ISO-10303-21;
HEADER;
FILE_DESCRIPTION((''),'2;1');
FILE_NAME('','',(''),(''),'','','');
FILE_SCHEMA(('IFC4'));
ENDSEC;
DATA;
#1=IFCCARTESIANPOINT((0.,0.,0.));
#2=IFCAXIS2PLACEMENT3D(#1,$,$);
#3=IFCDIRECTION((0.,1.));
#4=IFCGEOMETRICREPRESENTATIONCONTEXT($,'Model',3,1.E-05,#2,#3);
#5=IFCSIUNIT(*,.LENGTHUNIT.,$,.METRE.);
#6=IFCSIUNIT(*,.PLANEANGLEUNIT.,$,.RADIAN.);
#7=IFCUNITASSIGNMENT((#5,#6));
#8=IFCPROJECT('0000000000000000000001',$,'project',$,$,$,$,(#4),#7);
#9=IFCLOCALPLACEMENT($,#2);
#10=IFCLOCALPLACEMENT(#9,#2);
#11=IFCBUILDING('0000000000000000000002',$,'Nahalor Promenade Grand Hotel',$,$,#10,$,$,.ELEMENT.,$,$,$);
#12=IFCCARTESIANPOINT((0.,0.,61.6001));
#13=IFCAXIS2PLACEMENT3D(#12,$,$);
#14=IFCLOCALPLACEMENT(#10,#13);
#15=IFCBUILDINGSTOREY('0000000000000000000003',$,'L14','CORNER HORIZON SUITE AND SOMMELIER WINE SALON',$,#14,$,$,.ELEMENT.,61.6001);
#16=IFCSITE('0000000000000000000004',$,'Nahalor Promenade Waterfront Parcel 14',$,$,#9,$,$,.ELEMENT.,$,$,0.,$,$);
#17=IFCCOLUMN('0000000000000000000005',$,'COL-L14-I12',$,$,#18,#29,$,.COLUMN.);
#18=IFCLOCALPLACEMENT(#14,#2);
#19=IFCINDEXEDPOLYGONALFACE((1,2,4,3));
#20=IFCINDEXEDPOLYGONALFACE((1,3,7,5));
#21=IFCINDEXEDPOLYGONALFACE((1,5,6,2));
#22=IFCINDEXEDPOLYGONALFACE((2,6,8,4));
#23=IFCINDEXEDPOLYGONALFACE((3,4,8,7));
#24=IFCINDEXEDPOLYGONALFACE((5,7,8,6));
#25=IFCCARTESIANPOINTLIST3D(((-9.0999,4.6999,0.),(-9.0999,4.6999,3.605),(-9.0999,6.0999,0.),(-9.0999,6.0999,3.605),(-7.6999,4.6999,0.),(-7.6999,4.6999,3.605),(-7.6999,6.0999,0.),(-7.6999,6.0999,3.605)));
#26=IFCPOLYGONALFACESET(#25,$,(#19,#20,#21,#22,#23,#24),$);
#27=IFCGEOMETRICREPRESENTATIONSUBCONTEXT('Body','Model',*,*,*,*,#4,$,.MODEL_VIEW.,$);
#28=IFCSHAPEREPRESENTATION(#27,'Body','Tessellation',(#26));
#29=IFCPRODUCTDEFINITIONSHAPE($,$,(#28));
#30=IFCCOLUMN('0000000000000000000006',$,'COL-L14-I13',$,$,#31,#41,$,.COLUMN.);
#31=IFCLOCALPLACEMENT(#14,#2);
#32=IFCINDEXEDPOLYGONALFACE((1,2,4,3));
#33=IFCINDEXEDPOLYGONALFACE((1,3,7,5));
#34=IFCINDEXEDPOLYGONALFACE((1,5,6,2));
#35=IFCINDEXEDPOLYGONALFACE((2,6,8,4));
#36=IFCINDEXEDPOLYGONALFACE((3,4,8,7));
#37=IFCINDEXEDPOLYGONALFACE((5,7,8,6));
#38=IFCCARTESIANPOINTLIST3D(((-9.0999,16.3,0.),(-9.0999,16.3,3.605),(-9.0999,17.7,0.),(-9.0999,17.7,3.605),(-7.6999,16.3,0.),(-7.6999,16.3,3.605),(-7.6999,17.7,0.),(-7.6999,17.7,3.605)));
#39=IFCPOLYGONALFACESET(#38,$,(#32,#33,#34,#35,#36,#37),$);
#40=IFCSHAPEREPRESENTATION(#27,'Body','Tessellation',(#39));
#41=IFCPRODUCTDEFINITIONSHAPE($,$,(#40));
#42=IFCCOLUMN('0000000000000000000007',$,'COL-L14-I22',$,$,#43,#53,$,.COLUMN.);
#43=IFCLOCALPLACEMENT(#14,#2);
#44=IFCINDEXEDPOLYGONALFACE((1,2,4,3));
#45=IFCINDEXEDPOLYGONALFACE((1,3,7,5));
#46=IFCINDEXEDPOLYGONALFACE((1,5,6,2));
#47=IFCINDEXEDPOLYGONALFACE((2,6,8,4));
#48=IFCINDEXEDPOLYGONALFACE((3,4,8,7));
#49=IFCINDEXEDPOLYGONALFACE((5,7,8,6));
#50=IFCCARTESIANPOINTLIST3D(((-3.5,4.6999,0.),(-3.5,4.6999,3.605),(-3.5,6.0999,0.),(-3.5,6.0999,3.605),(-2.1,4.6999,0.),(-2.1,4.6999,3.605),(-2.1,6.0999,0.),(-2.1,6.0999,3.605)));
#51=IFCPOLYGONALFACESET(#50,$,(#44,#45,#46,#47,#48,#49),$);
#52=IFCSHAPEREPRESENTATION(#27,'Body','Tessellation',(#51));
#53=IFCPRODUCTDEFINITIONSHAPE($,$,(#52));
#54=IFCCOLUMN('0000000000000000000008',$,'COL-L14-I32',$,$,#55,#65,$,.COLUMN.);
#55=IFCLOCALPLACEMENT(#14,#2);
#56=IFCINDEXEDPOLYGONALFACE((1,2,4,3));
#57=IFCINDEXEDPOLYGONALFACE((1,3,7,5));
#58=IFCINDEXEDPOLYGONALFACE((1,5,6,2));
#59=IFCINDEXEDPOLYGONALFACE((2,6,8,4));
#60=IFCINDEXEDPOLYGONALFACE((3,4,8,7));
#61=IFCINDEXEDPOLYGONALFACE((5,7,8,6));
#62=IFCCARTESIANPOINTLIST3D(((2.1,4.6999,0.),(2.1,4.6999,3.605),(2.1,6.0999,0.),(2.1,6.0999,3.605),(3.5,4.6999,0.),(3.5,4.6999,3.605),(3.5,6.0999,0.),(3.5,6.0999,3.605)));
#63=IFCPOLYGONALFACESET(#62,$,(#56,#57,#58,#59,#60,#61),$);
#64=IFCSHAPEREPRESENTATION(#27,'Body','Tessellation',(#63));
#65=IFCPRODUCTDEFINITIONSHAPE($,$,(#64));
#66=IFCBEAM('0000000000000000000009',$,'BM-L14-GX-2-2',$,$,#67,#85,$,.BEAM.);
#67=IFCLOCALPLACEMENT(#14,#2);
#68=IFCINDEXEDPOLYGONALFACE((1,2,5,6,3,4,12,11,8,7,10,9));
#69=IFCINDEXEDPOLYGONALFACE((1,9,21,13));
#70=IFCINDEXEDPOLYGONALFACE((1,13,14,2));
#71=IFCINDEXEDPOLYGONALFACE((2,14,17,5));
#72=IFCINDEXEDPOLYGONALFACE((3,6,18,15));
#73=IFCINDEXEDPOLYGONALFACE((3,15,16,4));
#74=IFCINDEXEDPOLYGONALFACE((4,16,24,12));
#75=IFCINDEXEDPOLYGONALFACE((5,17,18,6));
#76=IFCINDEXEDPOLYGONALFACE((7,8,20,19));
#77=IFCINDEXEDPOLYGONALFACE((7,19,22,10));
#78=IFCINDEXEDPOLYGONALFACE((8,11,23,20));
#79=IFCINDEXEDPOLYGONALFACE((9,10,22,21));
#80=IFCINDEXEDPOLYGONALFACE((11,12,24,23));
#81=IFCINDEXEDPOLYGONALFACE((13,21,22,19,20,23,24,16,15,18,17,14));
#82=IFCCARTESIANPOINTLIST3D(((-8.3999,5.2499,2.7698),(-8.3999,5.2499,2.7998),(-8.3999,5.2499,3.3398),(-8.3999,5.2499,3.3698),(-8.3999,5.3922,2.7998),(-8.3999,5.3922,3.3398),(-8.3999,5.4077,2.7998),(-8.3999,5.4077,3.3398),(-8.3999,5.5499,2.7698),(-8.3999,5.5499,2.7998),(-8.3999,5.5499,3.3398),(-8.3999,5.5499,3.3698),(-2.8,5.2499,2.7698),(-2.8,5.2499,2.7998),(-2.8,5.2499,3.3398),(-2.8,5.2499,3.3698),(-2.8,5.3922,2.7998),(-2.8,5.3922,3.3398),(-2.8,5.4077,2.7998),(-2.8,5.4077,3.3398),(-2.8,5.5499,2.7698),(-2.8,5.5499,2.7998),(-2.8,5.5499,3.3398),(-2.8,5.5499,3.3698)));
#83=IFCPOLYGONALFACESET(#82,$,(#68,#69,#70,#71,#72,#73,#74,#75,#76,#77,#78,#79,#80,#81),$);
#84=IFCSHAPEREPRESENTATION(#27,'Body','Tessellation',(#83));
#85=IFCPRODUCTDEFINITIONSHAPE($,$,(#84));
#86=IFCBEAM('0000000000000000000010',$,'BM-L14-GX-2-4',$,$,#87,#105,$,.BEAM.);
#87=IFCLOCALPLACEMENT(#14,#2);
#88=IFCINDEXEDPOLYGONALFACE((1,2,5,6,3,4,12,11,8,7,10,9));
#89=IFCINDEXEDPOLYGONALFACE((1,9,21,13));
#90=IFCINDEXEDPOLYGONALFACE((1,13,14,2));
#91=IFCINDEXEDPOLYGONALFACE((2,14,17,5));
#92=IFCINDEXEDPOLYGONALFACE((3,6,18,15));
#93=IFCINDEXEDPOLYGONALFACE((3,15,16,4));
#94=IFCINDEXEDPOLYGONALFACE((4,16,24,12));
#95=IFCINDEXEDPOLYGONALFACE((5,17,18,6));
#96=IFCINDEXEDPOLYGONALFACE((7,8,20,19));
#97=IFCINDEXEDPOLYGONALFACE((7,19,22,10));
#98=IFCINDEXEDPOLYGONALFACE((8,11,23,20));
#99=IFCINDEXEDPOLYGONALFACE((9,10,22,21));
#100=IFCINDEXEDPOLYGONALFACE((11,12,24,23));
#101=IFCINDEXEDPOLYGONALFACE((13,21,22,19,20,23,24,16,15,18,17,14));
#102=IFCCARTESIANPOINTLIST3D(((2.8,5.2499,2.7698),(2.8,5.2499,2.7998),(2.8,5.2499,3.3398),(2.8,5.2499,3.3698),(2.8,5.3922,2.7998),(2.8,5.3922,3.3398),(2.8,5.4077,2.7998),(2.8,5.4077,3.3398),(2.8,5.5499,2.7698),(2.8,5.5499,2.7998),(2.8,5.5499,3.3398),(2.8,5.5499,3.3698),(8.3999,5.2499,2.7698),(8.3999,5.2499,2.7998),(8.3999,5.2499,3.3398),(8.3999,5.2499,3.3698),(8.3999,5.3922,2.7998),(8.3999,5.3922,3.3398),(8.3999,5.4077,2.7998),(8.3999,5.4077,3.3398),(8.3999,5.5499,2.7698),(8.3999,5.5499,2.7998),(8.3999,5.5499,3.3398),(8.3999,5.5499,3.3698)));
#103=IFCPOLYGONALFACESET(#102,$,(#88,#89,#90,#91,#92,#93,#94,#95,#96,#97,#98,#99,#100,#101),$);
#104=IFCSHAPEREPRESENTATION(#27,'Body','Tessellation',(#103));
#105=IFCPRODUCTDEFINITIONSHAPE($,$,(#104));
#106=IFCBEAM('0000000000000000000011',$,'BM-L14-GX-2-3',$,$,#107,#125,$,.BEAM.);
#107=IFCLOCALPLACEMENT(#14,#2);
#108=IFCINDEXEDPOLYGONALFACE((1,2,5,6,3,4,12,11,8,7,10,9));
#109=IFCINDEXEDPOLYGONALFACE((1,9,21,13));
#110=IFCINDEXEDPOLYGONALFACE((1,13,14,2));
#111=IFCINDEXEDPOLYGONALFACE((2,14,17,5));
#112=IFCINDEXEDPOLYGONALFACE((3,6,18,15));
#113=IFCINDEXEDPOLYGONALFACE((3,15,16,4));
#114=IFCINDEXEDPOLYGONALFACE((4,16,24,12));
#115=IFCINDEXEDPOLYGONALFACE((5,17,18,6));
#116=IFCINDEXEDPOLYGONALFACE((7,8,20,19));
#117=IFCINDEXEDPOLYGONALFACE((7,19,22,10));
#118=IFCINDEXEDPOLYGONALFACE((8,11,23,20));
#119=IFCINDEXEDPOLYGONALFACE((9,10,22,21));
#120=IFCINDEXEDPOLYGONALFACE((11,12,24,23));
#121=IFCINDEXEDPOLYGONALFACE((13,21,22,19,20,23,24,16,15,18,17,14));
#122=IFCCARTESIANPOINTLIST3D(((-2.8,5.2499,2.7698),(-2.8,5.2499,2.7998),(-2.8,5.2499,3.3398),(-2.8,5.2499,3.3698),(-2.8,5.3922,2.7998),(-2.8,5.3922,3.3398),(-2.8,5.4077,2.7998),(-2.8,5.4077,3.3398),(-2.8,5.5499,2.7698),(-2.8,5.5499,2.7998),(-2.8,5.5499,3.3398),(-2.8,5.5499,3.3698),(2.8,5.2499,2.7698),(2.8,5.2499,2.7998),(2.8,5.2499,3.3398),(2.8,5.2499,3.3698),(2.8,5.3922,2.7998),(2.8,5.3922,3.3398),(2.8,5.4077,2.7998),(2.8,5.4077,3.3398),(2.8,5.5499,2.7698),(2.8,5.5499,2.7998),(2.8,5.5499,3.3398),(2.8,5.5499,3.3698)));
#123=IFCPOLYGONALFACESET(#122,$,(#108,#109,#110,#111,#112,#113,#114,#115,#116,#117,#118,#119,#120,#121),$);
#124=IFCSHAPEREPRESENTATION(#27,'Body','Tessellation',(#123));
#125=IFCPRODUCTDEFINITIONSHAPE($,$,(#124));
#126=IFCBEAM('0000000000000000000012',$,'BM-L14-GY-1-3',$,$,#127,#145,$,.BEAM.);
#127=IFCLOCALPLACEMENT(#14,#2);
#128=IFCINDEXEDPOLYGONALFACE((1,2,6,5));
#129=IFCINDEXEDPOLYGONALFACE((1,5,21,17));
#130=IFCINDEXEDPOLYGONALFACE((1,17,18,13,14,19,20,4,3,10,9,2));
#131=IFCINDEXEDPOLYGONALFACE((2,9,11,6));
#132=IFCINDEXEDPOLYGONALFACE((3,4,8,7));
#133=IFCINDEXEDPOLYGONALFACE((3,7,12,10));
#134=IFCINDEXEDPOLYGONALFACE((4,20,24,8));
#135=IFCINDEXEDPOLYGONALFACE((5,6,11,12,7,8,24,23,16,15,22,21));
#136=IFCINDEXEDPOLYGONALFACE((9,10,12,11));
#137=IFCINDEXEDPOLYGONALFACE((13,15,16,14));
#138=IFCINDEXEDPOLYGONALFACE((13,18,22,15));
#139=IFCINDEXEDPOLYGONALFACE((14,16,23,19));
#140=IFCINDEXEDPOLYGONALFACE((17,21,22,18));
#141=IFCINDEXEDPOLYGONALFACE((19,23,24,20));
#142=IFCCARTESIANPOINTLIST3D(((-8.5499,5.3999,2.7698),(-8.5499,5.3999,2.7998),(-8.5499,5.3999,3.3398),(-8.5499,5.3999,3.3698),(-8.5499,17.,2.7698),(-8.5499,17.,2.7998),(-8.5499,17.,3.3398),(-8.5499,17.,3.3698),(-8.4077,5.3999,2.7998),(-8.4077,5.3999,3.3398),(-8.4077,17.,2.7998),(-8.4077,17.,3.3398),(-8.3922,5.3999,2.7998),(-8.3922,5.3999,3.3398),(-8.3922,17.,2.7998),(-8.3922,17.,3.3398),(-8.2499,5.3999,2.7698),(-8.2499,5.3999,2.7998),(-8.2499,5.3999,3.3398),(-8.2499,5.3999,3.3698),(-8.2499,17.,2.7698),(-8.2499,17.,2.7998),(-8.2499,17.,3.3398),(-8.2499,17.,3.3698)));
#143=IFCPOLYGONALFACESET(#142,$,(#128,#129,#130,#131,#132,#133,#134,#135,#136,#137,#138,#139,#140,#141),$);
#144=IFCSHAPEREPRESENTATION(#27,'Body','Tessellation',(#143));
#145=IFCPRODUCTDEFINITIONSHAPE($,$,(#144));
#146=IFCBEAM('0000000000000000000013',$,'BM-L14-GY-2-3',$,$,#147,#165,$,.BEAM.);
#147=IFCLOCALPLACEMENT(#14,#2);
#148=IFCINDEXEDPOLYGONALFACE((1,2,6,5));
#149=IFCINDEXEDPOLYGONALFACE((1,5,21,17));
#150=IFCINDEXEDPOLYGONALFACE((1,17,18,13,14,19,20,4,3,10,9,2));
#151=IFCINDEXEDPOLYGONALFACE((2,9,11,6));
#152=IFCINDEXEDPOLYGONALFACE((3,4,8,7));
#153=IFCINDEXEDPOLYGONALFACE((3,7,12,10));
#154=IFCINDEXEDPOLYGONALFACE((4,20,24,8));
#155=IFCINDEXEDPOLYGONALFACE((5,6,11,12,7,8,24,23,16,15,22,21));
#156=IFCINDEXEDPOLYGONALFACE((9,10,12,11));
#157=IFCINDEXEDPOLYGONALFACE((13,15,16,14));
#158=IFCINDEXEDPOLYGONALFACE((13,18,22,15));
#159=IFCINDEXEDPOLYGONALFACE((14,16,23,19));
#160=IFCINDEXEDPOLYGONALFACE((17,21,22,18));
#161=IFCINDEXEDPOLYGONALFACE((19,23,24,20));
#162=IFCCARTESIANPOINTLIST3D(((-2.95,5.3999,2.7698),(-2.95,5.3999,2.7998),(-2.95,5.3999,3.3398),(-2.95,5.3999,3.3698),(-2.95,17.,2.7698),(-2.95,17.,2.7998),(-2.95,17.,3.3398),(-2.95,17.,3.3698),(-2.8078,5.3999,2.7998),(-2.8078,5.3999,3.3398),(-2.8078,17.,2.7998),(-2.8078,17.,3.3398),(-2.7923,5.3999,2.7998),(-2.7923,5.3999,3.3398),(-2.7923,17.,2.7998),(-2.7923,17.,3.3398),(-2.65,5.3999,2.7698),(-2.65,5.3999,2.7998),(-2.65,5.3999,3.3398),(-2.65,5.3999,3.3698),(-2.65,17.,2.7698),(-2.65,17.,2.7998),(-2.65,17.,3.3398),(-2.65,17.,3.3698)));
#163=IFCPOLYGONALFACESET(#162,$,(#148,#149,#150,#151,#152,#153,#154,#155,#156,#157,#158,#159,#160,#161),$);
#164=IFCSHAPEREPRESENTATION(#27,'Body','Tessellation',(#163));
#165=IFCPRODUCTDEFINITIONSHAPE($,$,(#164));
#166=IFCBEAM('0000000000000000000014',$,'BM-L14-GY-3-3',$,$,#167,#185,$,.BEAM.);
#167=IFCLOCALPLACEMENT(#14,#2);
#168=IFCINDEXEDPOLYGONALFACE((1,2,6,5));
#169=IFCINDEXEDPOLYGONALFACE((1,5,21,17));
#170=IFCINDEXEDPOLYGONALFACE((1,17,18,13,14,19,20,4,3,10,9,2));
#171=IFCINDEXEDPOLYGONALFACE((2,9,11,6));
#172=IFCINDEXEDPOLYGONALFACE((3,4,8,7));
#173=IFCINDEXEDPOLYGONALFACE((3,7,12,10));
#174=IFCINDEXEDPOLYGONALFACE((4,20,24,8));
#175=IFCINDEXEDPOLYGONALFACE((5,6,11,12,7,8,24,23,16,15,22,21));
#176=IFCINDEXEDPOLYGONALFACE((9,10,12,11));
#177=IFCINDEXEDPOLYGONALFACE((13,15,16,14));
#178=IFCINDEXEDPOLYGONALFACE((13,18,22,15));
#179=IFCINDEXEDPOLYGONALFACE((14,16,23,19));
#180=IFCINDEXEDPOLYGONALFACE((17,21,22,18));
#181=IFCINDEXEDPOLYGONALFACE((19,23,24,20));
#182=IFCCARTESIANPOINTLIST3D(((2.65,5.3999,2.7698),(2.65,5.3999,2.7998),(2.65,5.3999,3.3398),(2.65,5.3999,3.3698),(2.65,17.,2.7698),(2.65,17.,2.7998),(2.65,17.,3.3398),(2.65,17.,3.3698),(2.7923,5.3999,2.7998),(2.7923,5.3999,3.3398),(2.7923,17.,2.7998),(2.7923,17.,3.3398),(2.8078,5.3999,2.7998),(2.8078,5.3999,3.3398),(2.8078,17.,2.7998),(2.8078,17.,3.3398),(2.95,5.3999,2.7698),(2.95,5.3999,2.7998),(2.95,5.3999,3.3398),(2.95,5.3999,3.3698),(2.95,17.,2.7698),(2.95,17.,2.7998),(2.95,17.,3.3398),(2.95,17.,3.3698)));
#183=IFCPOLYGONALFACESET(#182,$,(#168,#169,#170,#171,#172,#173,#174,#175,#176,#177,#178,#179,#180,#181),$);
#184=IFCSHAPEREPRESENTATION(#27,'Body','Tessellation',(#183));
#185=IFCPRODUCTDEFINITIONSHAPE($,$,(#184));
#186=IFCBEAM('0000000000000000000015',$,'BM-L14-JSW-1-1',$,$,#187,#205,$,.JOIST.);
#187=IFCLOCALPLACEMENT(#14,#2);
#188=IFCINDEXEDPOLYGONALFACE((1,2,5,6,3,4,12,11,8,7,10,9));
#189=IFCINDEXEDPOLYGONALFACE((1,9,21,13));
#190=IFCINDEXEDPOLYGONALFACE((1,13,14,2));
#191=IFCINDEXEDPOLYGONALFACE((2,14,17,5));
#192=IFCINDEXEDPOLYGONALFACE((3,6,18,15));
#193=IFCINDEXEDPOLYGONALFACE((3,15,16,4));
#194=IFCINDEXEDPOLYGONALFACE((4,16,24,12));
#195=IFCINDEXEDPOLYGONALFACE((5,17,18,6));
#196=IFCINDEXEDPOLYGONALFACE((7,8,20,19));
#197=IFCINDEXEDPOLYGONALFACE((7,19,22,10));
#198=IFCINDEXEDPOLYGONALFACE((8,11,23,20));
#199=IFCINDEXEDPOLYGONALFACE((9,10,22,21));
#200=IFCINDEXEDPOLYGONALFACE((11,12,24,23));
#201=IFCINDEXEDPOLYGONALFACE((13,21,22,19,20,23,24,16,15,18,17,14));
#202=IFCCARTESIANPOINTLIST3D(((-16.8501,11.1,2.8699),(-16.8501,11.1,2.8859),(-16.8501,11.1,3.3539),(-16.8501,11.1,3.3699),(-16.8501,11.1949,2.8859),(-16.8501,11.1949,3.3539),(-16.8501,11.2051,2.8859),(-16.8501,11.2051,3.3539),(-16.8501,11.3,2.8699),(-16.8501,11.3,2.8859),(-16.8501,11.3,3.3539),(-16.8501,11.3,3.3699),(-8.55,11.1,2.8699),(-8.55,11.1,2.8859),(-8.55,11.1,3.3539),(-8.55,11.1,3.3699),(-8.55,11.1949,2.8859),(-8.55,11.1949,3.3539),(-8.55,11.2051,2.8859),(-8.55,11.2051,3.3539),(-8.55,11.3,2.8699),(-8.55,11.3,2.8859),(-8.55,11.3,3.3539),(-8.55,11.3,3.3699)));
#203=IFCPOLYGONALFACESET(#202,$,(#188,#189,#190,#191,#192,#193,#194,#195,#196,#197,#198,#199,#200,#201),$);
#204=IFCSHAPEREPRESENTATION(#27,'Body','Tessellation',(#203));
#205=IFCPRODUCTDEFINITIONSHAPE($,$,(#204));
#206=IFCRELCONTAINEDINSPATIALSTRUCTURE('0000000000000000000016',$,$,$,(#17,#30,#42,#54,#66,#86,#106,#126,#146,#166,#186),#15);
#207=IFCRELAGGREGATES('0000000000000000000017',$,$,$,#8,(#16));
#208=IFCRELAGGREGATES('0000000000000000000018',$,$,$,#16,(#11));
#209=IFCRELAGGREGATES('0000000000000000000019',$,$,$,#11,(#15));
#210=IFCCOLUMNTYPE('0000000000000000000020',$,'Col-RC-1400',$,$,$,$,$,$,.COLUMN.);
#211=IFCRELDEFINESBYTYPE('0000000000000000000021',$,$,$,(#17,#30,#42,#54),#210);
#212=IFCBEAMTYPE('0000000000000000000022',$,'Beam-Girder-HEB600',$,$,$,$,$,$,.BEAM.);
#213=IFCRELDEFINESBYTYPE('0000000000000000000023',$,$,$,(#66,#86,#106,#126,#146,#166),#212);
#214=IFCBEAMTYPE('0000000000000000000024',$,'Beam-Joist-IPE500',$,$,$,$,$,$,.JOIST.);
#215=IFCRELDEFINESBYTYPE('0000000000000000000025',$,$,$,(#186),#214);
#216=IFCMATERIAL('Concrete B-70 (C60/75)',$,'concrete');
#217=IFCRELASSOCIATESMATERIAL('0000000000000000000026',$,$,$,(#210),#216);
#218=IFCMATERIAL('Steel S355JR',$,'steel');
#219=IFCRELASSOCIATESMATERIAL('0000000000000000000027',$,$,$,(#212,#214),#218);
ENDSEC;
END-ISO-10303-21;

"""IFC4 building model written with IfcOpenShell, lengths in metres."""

from ifc_helpers import new_model, si_unit, direction, frame, origin, origin_2d, place, context, subcontext, project, spatial, rectangle, i_section, extrude, source, transform, mapped, material, material_profile, profile_set, type_object, element, save


model = new_model("IFC4")

# Units and contexts
model_context = context("Model", 3, precision=1e-05, world=origin(), true_north=direction((0.0, 1.0)))
body_context = subcontext(model_context, "Body", "Model", "MODEL_VIEW")
ifc_project = project(units=[si_unit("LENGTHUNIT", "METRE"), si_unit("PLANEANGLEUNIT", "RADIAN")], contexts=[model_context])

# Site, building, storey
site_placement = place(None, origin())
site = spatial("IfcSite", under=ifc_project, at=site_placement, Name="Nahalor Promenade Waterfront Parcel 14", CompositionType="ELEMENT", RefElevation=0.0)
building_placement = place(site_placement, origin())
building = spatial("IfcBuilding", under=site, at=building_placement, Name="Nahalor Promenade Grand Hotel", CompositionType="ELEMENT")
storey_placement = place(building_placement, frame((0.0, 0.0, 61.6001)))
storey = spatial("IfcBuildingStorey", under=building, at=storey_placement, Name="L14", Description="CORNER HORIZON SUITE AND SOMMELIER WINE SALON", CompositionType="ELEMENT", Elevation=61.6001)

# Columns
ifc_material_1 = material(Name="Concrete B-70 (C60/75)", Category="concrete")
ifc_material_profile_1 = material_profile(ifc_material_1, rectangle(XDim=1.4, YDim=1.4, at=origin_2d()), Name="RC 1400x1400")
ifc_profile_set_1 = profile_set([ifc_material_profile_1], Name="Concrete B-70 (C60/75)")
column_type = type_object("IfcColumnType", Name="Col-RC-1400", PredefinedType="COLUMN", material=ifc_profile_set_1)
shared_shape_1 = source(origin(), body_context, "Body", "SweptSolid", [
    extrude(rectangle(XDim=1.4, YDim=1.4, at=origin_2d()), origin(), (0.0, 0.0, 1.0), 3.605),
])
for number, where, z_axis, x_axis, name in (
    (1, (-8.3999, 5.3999, 0.0), (0.0, 0.0, 1.0), (1.0, 0.0, 0.0), "COL-L14-I12"),
    (2, (-8.3999, 17.0, 0.0), (0.0, 0.0, 1.0), (1.0, 0.0, 0.0), "COL-L14-I13"),
    (3, (-2.8, 5.3999, 0.0), (0.0, 0.0, 1.0), (1.0, 0.0, 0.0), "COL-L14-I22"),
    (4, (2.8, 5.3999, 0.0), (0.0, 0.0, 1.0), (1.0, 0.0, 0.0), "COL-L14-I32"),
):
    element("IfcColumn", number, at=place(storey_placement, frame(where, z_axis=z_axis, x_axis=x_axis)), inside=storey, type_object=column_type, Name=name, PredefinedType="COLUMN", context=body_context, shape_type="MappedRepresentation", body=[
        mapped(shared_shape_1, transform((0.0, 0.0, 0.0), scale=1.0)),
    ])

# Beams
ifc_material_2 = material(Name="Steel S355JR", Category="steel")
ifc_material_profile_2 = material_profile(ifc_material_2, i_section(OverallWidth=0.3, OverallDepth=0.6, WebThickness=0.0155, FlangeThickness=0.03, at=origin_2d()), Name="HEB 600")
ifc_profile_set_2 = profile_set([ifc_material_profile_2], Name="Steel S355JR")
beam_type_1 = type_object("IfcBeamType", Name="Beam-Girder-HEB600", PredefinedType="BEAM", material=ifc_profile_set_2)
shared_shape_2 = source(origin(), body_context, "Body", "SweptSolid", [
    extrude(i_section(OverallWidth=0.3, OverallDepth=0.6, WebThickness=0.0155, FlangeThickness=0.03, at=origin_2d()), origin(), (0.0, 0.0, 1.0), 5.5999),
])
for number, where, z_axis, x_axis, name in (
    (5, (-8.3999, 5.3999, 3.0698), (1.0, 0.0, 0.0), (0.0, 1.0, 0.0), "BM-L14-GX-2-2"),
    (6, (2.8, 5.3999, 3.0698), (1.0, 0.0, 0.0), (0.0, 1.0, 0.0), "BM-L14-GX-2-4"),
):
    element("IfcBeam", number, at=place(storey_placement, frame(where, z_axis=z_axis, x_axis=x_axis)), inside=storey, type_object=beam_type_1, Name=name, PredefinedType="BEAM", context=body_context, shape_type="MappedRepresentation", body=[
        mapped(shared_shape_2, transform((0.0, 0.0, 0.0), scale=1.0)),
    ])
shared_shape_3 = source(origin(), body_context, "Body", "SweptSolid", [
    extrude(i_section(OverallWidth=0.3, OverallDepth=0.6, WebThickness=0.0155, FlangeThickness=0.03, at=origin_2d()), origin(), (0.0, 0.0, 1.0), 5.6001),
])
beam_1_placement = place(storey_placement, frame((-2.8, 5.3999, 3.0698), z_axis=(1.0, 0.0, 0.0), x_axis=(0.0, 1.0, 0.0)))
element("IfcBeam", 7, at=beam_1_placement, inside=storey, type_object=beam_type_1, Name="BM-L14-GX-2-3", PredefinedType="BEAM", context=body_context, shape_type="MappedRepresentation", body=[
    mapped(shared_shape_3, transform((0.0, 0.0, 0.0), scale=1.0)),
])
shared_shape_4 = source(origin(), body_context, "Body", "SweptSolid", [
    extrude(i_section(OverallWidth=0.3, OverallDepth=0.6, WebThickness=0.0155, FlangeThickness=0.03, at=origin_2d()), origin(), (0.0, 0.0, 1.0), 11.6001),
])
for number, where, z_axis, x_axis, name in (
    (8, (-8.3999, 5.3999, 3.0698), (0.0, 1.0, 0.0), (-1.0, 0.0, 0.0), "BM-L14-GY-1-3"),
    (9, (-2.8, 5.3999, 3.0698), (0.0, 1.0, 0.0), (-1.0, 0.0, 0.0), "BM-L14-GY-2-3"),
    (10, (2.8, 5.3999, 3.0698), (0.0, 1.0, 0.0), (-1.0, 0.0, 0.0), "BM-L14-GY-3-3"),
):
    element("IfcBeam", number, at=place(storey_placement, frame(where, z_axis=z_axis, x_axis=x_axis)), inside=storey, type_object=beam_type_1, Name=name, PredefinedType="BEAM", context=body_context, shape_type="MappedRepresentation", body=[
        mapped(shared_shape_4, transform((0.0, 0.0, 0.0), scale=1.0)),
    ])
ifc_material_profile_3 = material_profile(ifc_material_2, i_section(OverallWidth=0.2, OverallDepth=0.5, WebThickness=0.0102, FlangeThickness=0.016, at=origin_2d()), Name="IPE 500")
ifc_profile_set_3 = profile_set([ifc_material_profile_3], Name="Steel S355JR")
beam_type_2 = type_object("IfcBeamType", Name="Beam-Joist-IPE500", PredefinedType="JOIST", material=ifc_profile_set_3)
shared_shape_5 = source(origin(), body_context, "Body", "SweptSolid", [
    extrude(i_section(OverallWidth=0.2, OverallDepth=0.5, WebThickness=0.0102, FlangeThickness=0.016, at=origin_2d()), origin(), (0.0, 0.0, 1.0), 8.3),
])
beam_2_placement = place(storey_placement, frame((-16.8501, 11.2, 3.1199), z_axis=(1.0, 0.0, 0.0), x_axis=(0.0, 1.0, 0.0)))
element("IfcBeam", 11, at=beam_2_placement, inside=storey, type_object=beam_type_2, Name="BM-L14-JSW-1-1", PredefinedType="JOIST", context=body_context, shape_type="MappedRepresentation", body=[
    mapped(shared_shape_5, transform((0.0, 0.0, 0.0), scale=1.0)),
])

save(model, "model.ifc")
